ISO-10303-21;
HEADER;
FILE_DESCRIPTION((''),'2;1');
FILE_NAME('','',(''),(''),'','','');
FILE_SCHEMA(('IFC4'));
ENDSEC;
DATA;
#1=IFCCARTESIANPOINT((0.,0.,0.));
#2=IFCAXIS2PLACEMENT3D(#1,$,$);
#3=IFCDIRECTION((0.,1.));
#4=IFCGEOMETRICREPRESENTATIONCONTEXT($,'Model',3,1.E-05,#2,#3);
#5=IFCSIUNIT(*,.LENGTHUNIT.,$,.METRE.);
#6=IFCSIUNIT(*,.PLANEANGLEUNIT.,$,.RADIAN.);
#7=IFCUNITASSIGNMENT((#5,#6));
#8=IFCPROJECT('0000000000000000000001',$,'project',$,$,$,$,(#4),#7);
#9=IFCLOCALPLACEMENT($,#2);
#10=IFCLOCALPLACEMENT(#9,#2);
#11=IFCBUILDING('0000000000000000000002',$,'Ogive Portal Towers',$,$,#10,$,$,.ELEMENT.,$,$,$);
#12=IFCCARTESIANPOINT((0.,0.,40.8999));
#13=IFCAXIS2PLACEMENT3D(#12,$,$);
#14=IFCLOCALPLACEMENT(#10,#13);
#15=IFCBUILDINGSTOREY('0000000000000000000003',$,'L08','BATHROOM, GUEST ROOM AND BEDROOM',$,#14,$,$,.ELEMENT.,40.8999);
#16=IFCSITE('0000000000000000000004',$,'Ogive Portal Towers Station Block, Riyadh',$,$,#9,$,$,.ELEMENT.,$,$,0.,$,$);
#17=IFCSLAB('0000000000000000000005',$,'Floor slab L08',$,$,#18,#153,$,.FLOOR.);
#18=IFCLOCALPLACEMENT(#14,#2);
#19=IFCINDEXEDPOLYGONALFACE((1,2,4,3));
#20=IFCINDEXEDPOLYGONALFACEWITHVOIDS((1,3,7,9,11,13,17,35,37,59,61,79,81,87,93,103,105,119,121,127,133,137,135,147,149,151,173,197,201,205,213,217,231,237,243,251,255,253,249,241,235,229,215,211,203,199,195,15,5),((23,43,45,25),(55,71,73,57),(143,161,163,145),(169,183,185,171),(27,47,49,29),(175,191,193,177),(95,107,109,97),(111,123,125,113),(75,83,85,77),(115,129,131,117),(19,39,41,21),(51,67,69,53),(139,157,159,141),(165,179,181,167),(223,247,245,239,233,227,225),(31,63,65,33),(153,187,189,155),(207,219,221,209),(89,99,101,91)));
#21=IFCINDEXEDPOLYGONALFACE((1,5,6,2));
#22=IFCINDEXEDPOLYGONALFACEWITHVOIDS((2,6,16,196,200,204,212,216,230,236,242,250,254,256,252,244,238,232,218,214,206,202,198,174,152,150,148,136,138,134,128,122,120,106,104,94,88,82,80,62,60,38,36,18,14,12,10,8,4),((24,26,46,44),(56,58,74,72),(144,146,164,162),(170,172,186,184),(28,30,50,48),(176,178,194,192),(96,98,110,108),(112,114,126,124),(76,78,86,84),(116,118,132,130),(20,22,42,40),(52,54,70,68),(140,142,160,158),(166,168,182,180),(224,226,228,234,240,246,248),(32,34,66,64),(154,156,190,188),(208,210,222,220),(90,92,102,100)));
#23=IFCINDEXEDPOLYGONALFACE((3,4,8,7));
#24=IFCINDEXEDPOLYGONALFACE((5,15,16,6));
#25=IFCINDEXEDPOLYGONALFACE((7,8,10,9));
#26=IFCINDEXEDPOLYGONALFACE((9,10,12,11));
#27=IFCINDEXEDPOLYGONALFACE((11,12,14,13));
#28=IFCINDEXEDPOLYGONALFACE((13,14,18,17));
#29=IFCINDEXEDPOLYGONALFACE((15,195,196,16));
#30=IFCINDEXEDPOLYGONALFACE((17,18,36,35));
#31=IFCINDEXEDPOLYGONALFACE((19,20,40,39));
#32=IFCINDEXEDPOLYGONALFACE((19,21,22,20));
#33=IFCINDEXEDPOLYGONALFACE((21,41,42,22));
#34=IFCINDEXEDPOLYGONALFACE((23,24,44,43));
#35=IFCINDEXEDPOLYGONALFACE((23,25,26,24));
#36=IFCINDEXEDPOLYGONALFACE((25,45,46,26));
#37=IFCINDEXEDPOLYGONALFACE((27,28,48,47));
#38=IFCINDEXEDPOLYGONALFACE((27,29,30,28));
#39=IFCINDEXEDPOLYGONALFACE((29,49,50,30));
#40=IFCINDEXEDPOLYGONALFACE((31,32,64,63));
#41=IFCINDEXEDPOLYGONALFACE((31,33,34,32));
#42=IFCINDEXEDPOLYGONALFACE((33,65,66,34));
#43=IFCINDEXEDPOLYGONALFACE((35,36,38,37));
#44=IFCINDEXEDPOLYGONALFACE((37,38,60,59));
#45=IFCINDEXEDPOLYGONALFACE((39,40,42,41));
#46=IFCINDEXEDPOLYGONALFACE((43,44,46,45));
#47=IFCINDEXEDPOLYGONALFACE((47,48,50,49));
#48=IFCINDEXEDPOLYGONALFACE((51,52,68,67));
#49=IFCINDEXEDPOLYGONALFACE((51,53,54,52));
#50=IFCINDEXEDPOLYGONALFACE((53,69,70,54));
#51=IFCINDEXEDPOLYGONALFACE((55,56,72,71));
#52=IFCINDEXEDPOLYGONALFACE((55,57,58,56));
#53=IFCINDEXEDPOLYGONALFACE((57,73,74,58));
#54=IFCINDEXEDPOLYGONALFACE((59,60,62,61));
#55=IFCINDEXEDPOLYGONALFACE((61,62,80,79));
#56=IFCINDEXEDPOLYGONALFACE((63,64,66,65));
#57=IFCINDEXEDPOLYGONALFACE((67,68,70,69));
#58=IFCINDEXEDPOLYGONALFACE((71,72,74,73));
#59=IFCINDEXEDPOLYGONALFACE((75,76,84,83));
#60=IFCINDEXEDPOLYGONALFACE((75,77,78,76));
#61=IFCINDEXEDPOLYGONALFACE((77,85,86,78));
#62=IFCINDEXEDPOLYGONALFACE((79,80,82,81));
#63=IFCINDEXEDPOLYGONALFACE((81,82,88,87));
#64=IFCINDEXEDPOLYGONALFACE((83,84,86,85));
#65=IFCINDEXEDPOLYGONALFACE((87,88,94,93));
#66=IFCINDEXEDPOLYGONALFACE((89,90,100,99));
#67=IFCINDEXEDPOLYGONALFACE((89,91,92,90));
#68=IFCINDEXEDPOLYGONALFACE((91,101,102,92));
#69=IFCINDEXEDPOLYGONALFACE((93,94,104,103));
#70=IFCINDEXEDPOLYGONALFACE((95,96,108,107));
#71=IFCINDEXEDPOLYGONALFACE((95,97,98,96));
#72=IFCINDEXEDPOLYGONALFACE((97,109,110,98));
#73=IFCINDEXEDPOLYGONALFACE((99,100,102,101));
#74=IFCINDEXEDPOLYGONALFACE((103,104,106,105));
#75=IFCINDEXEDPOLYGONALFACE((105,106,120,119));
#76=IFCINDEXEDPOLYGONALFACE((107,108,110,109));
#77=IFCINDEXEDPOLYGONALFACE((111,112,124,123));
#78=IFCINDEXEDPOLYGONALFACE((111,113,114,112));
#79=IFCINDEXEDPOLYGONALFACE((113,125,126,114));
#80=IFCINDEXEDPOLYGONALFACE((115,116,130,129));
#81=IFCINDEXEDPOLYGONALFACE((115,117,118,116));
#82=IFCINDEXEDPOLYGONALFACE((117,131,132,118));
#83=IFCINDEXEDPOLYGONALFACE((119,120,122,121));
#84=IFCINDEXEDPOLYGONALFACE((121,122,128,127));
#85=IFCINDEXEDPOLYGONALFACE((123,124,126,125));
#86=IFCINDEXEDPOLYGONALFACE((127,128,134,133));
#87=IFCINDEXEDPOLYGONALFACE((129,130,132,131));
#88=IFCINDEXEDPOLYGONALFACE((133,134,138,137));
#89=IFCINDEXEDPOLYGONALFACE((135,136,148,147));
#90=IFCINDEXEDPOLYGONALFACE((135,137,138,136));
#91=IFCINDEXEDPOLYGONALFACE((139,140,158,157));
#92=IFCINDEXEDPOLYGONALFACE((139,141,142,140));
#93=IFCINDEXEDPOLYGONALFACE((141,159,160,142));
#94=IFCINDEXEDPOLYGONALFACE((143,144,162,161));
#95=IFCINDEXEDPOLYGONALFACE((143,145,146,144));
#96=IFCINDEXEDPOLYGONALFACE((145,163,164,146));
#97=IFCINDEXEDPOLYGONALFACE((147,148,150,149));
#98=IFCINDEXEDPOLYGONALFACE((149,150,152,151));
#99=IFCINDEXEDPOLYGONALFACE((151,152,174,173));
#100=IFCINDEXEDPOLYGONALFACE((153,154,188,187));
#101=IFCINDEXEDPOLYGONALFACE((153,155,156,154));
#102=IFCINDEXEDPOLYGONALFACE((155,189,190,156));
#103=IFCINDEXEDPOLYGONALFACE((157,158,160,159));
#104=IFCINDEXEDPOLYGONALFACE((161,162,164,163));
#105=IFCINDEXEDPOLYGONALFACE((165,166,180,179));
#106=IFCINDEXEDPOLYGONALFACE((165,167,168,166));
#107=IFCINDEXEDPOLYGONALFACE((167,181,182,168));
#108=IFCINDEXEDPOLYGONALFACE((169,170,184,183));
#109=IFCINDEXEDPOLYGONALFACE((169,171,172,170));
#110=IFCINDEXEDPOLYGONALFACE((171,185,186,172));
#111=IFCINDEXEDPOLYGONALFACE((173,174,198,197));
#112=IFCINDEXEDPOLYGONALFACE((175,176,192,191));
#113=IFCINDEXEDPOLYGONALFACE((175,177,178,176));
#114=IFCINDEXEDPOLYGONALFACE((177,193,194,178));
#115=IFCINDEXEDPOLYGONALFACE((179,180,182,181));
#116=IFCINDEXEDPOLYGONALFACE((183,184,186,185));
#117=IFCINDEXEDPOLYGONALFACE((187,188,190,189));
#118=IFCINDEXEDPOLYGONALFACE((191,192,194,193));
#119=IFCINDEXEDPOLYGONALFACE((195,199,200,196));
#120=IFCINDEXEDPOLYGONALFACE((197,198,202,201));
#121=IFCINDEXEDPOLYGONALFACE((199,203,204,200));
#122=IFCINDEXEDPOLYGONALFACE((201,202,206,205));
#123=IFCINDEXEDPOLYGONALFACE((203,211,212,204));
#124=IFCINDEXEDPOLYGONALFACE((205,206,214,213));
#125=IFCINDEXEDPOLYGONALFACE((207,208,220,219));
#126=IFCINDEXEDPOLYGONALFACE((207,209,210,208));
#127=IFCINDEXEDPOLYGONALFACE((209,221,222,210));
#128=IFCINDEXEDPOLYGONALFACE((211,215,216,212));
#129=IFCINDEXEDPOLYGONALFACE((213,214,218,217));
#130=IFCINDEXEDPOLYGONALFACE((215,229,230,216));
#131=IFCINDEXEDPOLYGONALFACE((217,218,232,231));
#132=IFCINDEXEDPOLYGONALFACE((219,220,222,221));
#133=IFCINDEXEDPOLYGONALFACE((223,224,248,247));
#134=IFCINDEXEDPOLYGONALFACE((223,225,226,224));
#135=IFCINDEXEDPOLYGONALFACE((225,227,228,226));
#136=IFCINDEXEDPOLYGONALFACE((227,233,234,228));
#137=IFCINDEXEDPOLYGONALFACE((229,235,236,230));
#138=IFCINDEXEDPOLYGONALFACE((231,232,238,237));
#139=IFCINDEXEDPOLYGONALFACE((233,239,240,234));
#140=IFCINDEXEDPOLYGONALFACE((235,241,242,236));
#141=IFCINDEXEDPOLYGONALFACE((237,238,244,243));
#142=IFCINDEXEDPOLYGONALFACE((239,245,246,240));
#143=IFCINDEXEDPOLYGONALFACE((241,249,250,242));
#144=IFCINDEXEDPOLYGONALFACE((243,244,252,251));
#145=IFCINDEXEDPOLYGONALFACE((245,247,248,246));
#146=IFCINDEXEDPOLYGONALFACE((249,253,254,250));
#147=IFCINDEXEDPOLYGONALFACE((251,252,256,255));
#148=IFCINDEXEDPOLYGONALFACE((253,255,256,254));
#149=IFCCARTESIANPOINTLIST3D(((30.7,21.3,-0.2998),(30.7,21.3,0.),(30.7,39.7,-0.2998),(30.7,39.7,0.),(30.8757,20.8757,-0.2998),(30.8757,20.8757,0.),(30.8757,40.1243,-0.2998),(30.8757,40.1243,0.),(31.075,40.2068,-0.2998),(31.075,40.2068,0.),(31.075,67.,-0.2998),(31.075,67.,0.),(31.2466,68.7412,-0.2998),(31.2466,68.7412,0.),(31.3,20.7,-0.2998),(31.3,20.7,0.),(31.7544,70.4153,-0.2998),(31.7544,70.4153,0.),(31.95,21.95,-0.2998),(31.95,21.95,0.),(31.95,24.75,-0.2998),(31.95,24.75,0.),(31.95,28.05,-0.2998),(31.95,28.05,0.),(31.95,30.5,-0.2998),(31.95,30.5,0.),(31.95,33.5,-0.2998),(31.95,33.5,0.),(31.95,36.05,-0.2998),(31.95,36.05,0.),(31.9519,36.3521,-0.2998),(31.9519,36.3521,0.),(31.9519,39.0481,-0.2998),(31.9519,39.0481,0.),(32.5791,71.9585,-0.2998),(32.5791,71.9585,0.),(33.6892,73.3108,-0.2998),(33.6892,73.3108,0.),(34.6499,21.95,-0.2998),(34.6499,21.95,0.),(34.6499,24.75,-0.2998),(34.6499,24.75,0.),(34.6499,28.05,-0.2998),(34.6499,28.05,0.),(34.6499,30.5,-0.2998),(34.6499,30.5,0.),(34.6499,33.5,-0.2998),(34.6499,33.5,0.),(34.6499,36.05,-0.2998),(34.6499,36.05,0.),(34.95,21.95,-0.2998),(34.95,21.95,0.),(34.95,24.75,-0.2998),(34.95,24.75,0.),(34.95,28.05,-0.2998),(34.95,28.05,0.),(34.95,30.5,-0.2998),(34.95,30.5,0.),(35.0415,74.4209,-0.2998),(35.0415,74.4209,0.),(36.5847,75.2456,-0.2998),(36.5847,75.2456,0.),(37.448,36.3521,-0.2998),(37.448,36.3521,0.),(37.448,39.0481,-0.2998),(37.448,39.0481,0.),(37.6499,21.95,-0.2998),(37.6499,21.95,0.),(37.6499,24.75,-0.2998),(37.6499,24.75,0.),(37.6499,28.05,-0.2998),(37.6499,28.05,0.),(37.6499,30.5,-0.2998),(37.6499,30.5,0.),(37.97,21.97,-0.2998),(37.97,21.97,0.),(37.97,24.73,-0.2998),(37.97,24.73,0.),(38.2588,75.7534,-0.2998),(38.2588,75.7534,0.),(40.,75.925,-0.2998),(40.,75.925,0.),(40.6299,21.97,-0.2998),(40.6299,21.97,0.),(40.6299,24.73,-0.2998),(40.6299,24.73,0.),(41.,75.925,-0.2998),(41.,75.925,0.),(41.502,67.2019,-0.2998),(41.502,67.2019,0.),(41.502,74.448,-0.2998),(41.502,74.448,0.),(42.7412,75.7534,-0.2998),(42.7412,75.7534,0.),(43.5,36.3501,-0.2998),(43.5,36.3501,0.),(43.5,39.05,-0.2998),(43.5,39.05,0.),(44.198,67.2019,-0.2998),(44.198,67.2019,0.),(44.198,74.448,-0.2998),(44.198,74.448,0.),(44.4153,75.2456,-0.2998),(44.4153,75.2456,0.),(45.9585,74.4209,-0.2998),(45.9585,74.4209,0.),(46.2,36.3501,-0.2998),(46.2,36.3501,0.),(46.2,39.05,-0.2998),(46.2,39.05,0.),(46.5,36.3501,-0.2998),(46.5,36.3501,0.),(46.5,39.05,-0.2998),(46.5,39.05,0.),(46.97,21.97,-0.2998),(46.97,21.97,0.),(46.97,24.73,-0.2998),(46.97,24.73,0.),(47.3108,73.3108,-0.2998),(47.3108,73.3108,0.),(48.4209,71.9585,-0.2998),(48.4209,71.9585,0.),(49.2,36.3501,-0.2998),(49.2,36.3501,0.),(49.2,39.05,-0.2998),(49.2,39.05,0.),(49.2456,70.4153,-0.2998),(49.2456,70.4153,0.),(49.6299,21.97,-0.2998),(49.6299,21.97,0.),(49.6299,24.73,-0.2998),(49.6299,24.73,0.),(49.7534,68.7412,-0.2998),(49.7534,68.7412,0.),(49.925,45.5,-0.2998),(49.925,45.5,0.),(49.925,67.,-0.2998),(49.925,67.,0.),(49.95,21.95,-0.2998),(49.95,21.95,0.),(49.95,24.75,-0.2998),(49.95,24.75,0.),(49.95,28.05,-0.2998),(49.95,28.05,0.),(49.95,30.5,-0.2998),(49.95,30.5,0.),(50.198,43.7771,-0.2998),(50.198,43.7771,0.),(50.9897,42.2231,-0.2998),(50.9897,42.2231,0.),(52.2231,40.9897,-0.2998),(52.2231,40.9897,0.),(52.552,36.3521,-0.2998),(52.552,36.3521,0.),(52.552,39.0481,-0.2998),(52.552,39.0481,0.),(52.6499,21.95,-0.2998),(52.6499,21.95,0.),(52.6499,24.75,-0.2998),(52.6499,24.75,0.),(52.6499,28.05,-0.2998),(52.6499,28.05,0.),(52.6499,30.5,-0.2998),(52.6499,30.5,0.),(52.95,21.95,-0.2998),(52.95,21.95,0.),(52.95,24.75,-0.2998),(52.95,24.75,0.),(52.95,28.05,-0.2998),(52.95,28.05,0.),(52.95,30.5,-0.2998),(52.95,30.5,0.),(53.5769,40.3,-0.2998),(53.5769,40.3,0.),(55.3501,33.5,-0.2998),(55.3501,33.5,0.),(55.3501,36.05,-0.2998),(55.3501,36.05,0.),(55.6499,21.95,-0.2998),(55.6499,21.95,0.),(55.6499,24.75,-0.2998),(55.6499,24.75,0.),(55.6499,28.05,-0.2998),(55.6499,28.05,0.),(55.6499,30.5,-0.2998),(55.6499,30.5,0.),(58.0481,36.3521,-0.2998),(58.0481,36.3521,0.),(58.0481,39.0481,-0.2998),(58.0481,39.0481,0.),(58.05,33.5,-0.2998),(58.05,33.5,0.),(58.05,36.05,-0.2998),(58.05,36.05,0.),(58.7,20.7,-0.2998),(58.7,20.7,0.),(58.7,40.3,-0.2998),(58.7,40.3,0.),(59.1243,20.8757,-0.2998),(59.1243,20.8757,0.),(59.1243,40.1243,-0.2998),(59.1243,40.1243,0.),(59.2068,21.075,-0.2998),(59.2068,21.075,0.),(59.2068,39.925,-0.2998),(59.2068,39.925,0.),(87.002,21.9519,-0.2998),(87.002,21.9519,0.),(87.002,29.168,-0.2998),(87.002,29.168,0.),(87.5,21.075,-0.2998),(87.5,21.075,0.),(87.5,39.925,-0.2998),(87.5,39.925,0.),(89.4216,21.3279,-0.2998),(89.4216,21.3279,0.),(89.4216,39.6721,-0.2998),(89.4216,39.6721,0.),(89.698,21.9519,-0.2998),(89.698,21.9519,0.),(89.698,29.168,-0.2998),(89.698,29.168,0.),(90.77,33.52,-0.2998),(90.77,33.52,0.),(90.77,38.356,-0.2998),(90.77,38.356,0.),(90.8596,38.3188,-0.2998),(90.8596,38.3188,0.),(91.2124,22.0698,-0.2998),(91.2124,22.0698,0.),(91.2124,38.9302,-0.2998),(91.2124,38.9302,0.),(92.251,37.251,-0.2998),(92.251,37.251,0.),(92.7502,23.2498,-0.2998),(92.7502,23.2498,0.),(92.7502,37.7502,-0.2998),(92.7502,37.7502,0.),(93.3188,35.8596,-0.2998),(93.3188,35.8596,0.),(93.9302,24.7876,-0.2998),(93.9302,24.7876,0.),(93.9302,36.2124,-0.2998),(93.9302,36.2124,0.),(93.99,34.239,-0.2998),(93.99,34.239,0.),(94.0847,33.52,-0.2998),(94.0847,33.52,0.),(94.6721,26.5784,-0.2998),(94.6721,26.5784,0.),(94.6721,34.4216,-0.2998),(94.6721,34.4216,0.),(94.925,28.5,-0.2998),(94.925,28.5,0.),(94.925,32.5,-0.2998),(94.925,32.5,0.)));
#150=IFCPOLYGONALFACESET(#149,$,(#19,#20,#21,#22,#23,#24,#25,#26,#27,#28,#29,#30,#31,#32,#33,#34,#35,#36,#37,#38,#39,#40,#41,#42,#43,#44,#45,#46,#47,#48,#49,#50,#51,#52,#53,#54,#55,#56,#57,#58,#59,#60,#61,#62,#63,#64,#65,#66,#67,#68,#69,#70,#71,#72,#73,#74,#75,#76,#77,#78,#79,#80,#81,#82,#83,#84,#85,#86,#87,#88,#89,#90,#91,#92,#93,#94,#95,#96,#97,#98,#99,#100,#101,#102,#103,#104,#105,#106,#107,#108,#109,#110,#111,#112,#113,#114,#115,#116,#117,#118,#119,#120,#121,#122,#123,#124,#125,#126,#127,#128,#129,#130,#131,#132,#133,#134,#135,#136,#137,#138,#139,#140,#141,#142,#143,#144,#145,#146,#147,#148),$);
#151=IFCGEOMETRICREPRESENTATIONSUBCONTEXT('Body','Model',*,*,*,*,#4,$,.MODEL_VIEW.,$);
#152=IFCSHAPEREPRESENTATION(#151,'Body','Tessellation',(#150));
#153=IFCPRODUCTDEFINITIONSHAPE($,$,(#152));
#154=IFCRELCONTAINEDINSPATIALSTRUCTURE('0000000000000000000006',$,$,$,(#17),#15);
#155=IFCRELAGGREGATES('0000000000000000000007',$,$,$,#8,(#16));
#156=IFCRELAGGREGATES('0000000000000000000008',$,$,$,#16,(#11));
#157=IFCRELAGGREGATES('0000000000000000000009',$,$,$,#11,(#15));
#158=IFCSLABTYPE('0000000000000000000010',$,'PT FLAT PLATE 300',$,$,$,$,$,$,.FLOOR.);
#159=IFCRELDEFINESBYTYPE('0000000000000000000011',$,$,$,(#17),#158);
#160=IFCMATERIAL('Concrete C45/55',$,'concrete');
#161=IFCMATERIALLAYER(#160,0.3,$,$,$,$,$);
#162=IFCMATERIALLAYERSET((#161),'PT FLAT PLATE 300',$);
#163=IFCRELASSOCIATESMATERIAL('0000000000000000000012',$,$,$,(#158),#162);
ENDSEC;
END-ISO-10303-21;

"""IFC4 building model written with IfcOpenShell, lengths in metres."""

from ifc_helpers import new_model, si_unit, direction, frame, origin, place, context, subcontext, project, spatial, polyline, outline, extrude, material, layer, layer_set, type_object, element, save


model = new_model("IFC4")

# Units and contexts
model_context = context("Model", 3, precision=1e-05, world=origin(), true_north=direction((0.0, 1.0)))
body_context = subcontext(model_context, "Body", "Model", "MODEL_VIEW")
ifc_project = project(units=[si_unit("LENGTHUNIT", "METRE"), si_unit("PLANEANGLEUNIT", "RADIAN")], contexts=[model_context])

# Site, building, storey
site_placement = place(None, origin())
site = spatial("IfcSite", under=ifc_project, at=site_placement, Name="Ogive Portal Towers Station Block, Riyadh", CompositionType="ELEMENT", RefElevation=0.0)
building_placement = place(site_placement, origin())
building = spatial("IfcBuilding", under=site, at=building_placement, Name="Ogive Portal Towers", CompositionType="ELEMENT")
storey_placement = place(building_placement, frame((0.0, 0.0, 40.8999)))
storey = spatial("IfcBuildingStorey", under=building, at=storey_placement, Name="L08", Description="BATHROOM, GUEST ROOM AND BEDROOM", CompositionType="ELEMENT", Elevation=40.8999)

# Slab
ifc_material_1 = material(Name="Concrete C45/55", Category="concrete")
ifc_layer_1 = layer(ifc_material_1, 0.3)
ifc_layer_set_1 = layer_set([ifc_layer_1], Name="PT FLAT PLATE 300")
slab_type_1 = type_object("IfcSlabType", Name="PT FLAT PLATE 300", PredefinedType="FLOOR", material=ifc_layer_set_1)
slab_1_placement = place(storey_placement, frame((0.0, 0.0, -0.2998)))
element("IfcSlab", 1, at=slab_1_placement, inside=storey, type_object=slab_type_1, Name="Floor slab L08", PredefinedType="FLOOR", context=body_context, shape_type="SweptSolid", body=[
    extrude(outline(polyline([(89.4216, 39.6721), (87.5, 39.925), (59.2068, 39.925), (59.1243, 40.1243), (58.7, 40.3), (53.5769, 40.3), (52.2231, 40.9897), (50.9897, 42.2231), (50.198, 43.7771), (49.925, 45.5), (49.925, 67.0), (49.7534, 68.7412), (49.2456, 70.4153), (48.4209, 71.9585), (47.3108, 73.3108), (45.9585, 74.4209), (44.4153, 75.2456), (42.7412, 75.7534), (41.0, 75.925), (40.0, 75.925), (38.2588, 75.7534), (36.5847, 75.2456), (35.0415, 74.4209), (33.6892, 73.3108), (32.5791, 71.9585), (31.7544, 70.4153), (31.2466, 68.7412), (31.075, 67.0), (31.075, 40.2068), (30.8757, 40.1243), (30.7, 39.7), (30.7, 21.3), (30.8757, 20.8757), (31.3, 20.7), (58.7, 20.7), (59.1243, 20.8757), (59.2068, 21.075), (87.5, 21.075), (89.4216, 21.3279), (91.2124, 22.0698), (92.7502, 23.2498), (93.9302, 24.7876), (94.6721, 26.5784), (94.925, 28.5), (94.925, 32.5), (94.6721, 34.4216), (93.9302, 36.2124), (92.7502, 37.7502), (91.2124, 38.9302), (89.4216, 39.6721)]), holes=[polyline([(34.6499, 24.75), (34.6499, 21.95), (31.95, 21.95), (31.95, 24.75), (34.6499, 24.75)]), polyline([(37.6499, 24.75), (37.6499, 21.95), (34.95, 21.95), (34.95, 24.75), (37.6499, 24.75)]), polyline([(40.6299, 21.97), (37.97, 21.97), (37.97, 24.73), (40.6299, 24.73), (40.6299, 21.97)]), polyline([(46.97, 21.97), (46.97, 24.73), (49.6299, 24.73), (49.6299, 21.97), (46.97, 21.97)]), polyline([(34.6499, 28.05), (31.95, 28.05), (31.95, 30.5), (34.6499, 30.5), (34.6499, 28.05)]), polyline([(37.6499, 30.5), (37.6499, 28.05), (34.95, 28.05), (34.95, 30.5), (37.6499, 30.5)]), polyline([(34.6499, 36.05), (34.6499, 33.5), (31.95, 33.5), (31.95, 36.05), (34.6499, 36.05)]), polyline([(31.9519, 39.0481), (37.448, 39.0481), (37.448, 36.3521), (31.9519, 36.3521), (31.9519, 39.0481)]), polyline([(46.2, 36.3501), (43.5, 36.3501), (43.5, 39.05), (46.2, 39.05), (46.2, 36.3501)]), polyline([(49.2, 36.3501), (46.5, 36.3501), (46.5, 39.05), (49.2, 39.05), (49.2, 36.3501)]), polyline([(44.198, 74.448), (44.198, 67.2019), (41.502, 67.2019), (41.502, 74.448), (44.198, 74.448)]), polyline([(52.6499, 24.75), (52.6499, 21.95), (49.95, 21.95), (49.95, 24.75), (52.6499, 24.75)]), polyline([(55.6499, 21.95), (52.95, 21.95), (52.95, 24.75), (55.6499, 24.75), (55.6499, 21.95)]), polyline([(87.002, 29.168), (89.698, 29.168), (89.698, 21.9519), (87.002, 21.9519), (87.002, 29.168)]), polyline([(52.6499, 30.5), (52.6499, 28.05), (49.95, 28.05), (49.95, 30.5), (52.6499, 30.5)]), polyline([(55.6499, 28.05), (52.95, 28.05), (52.95, 30.5), (55.6499, 30.5), (55.6499, 28.05)]), polyline([(58.05, 36.05), (58.05, 33.5), (55.3501, 33.5), (55.3501, 36.05), (58.05, 36.05)]), polyline([(93.3188, 35.8596), (93.99, 34.239), (94.0847, 33.52), (90.77, 33.52), (90.77, 38.356), (90.8596, 38.3188), (92.251, 37.251), (93.3188, 35.8596)]), polyline([(52.552, 36.3521), (52.552, 39.0481), (58.0481, 39.0481), (58.0481, 36.3521), (52.552, 36.3521)])]), origin(), (0.0, 0.0, 1.0), 0.2998),
])

save(model, "model.ifc")
